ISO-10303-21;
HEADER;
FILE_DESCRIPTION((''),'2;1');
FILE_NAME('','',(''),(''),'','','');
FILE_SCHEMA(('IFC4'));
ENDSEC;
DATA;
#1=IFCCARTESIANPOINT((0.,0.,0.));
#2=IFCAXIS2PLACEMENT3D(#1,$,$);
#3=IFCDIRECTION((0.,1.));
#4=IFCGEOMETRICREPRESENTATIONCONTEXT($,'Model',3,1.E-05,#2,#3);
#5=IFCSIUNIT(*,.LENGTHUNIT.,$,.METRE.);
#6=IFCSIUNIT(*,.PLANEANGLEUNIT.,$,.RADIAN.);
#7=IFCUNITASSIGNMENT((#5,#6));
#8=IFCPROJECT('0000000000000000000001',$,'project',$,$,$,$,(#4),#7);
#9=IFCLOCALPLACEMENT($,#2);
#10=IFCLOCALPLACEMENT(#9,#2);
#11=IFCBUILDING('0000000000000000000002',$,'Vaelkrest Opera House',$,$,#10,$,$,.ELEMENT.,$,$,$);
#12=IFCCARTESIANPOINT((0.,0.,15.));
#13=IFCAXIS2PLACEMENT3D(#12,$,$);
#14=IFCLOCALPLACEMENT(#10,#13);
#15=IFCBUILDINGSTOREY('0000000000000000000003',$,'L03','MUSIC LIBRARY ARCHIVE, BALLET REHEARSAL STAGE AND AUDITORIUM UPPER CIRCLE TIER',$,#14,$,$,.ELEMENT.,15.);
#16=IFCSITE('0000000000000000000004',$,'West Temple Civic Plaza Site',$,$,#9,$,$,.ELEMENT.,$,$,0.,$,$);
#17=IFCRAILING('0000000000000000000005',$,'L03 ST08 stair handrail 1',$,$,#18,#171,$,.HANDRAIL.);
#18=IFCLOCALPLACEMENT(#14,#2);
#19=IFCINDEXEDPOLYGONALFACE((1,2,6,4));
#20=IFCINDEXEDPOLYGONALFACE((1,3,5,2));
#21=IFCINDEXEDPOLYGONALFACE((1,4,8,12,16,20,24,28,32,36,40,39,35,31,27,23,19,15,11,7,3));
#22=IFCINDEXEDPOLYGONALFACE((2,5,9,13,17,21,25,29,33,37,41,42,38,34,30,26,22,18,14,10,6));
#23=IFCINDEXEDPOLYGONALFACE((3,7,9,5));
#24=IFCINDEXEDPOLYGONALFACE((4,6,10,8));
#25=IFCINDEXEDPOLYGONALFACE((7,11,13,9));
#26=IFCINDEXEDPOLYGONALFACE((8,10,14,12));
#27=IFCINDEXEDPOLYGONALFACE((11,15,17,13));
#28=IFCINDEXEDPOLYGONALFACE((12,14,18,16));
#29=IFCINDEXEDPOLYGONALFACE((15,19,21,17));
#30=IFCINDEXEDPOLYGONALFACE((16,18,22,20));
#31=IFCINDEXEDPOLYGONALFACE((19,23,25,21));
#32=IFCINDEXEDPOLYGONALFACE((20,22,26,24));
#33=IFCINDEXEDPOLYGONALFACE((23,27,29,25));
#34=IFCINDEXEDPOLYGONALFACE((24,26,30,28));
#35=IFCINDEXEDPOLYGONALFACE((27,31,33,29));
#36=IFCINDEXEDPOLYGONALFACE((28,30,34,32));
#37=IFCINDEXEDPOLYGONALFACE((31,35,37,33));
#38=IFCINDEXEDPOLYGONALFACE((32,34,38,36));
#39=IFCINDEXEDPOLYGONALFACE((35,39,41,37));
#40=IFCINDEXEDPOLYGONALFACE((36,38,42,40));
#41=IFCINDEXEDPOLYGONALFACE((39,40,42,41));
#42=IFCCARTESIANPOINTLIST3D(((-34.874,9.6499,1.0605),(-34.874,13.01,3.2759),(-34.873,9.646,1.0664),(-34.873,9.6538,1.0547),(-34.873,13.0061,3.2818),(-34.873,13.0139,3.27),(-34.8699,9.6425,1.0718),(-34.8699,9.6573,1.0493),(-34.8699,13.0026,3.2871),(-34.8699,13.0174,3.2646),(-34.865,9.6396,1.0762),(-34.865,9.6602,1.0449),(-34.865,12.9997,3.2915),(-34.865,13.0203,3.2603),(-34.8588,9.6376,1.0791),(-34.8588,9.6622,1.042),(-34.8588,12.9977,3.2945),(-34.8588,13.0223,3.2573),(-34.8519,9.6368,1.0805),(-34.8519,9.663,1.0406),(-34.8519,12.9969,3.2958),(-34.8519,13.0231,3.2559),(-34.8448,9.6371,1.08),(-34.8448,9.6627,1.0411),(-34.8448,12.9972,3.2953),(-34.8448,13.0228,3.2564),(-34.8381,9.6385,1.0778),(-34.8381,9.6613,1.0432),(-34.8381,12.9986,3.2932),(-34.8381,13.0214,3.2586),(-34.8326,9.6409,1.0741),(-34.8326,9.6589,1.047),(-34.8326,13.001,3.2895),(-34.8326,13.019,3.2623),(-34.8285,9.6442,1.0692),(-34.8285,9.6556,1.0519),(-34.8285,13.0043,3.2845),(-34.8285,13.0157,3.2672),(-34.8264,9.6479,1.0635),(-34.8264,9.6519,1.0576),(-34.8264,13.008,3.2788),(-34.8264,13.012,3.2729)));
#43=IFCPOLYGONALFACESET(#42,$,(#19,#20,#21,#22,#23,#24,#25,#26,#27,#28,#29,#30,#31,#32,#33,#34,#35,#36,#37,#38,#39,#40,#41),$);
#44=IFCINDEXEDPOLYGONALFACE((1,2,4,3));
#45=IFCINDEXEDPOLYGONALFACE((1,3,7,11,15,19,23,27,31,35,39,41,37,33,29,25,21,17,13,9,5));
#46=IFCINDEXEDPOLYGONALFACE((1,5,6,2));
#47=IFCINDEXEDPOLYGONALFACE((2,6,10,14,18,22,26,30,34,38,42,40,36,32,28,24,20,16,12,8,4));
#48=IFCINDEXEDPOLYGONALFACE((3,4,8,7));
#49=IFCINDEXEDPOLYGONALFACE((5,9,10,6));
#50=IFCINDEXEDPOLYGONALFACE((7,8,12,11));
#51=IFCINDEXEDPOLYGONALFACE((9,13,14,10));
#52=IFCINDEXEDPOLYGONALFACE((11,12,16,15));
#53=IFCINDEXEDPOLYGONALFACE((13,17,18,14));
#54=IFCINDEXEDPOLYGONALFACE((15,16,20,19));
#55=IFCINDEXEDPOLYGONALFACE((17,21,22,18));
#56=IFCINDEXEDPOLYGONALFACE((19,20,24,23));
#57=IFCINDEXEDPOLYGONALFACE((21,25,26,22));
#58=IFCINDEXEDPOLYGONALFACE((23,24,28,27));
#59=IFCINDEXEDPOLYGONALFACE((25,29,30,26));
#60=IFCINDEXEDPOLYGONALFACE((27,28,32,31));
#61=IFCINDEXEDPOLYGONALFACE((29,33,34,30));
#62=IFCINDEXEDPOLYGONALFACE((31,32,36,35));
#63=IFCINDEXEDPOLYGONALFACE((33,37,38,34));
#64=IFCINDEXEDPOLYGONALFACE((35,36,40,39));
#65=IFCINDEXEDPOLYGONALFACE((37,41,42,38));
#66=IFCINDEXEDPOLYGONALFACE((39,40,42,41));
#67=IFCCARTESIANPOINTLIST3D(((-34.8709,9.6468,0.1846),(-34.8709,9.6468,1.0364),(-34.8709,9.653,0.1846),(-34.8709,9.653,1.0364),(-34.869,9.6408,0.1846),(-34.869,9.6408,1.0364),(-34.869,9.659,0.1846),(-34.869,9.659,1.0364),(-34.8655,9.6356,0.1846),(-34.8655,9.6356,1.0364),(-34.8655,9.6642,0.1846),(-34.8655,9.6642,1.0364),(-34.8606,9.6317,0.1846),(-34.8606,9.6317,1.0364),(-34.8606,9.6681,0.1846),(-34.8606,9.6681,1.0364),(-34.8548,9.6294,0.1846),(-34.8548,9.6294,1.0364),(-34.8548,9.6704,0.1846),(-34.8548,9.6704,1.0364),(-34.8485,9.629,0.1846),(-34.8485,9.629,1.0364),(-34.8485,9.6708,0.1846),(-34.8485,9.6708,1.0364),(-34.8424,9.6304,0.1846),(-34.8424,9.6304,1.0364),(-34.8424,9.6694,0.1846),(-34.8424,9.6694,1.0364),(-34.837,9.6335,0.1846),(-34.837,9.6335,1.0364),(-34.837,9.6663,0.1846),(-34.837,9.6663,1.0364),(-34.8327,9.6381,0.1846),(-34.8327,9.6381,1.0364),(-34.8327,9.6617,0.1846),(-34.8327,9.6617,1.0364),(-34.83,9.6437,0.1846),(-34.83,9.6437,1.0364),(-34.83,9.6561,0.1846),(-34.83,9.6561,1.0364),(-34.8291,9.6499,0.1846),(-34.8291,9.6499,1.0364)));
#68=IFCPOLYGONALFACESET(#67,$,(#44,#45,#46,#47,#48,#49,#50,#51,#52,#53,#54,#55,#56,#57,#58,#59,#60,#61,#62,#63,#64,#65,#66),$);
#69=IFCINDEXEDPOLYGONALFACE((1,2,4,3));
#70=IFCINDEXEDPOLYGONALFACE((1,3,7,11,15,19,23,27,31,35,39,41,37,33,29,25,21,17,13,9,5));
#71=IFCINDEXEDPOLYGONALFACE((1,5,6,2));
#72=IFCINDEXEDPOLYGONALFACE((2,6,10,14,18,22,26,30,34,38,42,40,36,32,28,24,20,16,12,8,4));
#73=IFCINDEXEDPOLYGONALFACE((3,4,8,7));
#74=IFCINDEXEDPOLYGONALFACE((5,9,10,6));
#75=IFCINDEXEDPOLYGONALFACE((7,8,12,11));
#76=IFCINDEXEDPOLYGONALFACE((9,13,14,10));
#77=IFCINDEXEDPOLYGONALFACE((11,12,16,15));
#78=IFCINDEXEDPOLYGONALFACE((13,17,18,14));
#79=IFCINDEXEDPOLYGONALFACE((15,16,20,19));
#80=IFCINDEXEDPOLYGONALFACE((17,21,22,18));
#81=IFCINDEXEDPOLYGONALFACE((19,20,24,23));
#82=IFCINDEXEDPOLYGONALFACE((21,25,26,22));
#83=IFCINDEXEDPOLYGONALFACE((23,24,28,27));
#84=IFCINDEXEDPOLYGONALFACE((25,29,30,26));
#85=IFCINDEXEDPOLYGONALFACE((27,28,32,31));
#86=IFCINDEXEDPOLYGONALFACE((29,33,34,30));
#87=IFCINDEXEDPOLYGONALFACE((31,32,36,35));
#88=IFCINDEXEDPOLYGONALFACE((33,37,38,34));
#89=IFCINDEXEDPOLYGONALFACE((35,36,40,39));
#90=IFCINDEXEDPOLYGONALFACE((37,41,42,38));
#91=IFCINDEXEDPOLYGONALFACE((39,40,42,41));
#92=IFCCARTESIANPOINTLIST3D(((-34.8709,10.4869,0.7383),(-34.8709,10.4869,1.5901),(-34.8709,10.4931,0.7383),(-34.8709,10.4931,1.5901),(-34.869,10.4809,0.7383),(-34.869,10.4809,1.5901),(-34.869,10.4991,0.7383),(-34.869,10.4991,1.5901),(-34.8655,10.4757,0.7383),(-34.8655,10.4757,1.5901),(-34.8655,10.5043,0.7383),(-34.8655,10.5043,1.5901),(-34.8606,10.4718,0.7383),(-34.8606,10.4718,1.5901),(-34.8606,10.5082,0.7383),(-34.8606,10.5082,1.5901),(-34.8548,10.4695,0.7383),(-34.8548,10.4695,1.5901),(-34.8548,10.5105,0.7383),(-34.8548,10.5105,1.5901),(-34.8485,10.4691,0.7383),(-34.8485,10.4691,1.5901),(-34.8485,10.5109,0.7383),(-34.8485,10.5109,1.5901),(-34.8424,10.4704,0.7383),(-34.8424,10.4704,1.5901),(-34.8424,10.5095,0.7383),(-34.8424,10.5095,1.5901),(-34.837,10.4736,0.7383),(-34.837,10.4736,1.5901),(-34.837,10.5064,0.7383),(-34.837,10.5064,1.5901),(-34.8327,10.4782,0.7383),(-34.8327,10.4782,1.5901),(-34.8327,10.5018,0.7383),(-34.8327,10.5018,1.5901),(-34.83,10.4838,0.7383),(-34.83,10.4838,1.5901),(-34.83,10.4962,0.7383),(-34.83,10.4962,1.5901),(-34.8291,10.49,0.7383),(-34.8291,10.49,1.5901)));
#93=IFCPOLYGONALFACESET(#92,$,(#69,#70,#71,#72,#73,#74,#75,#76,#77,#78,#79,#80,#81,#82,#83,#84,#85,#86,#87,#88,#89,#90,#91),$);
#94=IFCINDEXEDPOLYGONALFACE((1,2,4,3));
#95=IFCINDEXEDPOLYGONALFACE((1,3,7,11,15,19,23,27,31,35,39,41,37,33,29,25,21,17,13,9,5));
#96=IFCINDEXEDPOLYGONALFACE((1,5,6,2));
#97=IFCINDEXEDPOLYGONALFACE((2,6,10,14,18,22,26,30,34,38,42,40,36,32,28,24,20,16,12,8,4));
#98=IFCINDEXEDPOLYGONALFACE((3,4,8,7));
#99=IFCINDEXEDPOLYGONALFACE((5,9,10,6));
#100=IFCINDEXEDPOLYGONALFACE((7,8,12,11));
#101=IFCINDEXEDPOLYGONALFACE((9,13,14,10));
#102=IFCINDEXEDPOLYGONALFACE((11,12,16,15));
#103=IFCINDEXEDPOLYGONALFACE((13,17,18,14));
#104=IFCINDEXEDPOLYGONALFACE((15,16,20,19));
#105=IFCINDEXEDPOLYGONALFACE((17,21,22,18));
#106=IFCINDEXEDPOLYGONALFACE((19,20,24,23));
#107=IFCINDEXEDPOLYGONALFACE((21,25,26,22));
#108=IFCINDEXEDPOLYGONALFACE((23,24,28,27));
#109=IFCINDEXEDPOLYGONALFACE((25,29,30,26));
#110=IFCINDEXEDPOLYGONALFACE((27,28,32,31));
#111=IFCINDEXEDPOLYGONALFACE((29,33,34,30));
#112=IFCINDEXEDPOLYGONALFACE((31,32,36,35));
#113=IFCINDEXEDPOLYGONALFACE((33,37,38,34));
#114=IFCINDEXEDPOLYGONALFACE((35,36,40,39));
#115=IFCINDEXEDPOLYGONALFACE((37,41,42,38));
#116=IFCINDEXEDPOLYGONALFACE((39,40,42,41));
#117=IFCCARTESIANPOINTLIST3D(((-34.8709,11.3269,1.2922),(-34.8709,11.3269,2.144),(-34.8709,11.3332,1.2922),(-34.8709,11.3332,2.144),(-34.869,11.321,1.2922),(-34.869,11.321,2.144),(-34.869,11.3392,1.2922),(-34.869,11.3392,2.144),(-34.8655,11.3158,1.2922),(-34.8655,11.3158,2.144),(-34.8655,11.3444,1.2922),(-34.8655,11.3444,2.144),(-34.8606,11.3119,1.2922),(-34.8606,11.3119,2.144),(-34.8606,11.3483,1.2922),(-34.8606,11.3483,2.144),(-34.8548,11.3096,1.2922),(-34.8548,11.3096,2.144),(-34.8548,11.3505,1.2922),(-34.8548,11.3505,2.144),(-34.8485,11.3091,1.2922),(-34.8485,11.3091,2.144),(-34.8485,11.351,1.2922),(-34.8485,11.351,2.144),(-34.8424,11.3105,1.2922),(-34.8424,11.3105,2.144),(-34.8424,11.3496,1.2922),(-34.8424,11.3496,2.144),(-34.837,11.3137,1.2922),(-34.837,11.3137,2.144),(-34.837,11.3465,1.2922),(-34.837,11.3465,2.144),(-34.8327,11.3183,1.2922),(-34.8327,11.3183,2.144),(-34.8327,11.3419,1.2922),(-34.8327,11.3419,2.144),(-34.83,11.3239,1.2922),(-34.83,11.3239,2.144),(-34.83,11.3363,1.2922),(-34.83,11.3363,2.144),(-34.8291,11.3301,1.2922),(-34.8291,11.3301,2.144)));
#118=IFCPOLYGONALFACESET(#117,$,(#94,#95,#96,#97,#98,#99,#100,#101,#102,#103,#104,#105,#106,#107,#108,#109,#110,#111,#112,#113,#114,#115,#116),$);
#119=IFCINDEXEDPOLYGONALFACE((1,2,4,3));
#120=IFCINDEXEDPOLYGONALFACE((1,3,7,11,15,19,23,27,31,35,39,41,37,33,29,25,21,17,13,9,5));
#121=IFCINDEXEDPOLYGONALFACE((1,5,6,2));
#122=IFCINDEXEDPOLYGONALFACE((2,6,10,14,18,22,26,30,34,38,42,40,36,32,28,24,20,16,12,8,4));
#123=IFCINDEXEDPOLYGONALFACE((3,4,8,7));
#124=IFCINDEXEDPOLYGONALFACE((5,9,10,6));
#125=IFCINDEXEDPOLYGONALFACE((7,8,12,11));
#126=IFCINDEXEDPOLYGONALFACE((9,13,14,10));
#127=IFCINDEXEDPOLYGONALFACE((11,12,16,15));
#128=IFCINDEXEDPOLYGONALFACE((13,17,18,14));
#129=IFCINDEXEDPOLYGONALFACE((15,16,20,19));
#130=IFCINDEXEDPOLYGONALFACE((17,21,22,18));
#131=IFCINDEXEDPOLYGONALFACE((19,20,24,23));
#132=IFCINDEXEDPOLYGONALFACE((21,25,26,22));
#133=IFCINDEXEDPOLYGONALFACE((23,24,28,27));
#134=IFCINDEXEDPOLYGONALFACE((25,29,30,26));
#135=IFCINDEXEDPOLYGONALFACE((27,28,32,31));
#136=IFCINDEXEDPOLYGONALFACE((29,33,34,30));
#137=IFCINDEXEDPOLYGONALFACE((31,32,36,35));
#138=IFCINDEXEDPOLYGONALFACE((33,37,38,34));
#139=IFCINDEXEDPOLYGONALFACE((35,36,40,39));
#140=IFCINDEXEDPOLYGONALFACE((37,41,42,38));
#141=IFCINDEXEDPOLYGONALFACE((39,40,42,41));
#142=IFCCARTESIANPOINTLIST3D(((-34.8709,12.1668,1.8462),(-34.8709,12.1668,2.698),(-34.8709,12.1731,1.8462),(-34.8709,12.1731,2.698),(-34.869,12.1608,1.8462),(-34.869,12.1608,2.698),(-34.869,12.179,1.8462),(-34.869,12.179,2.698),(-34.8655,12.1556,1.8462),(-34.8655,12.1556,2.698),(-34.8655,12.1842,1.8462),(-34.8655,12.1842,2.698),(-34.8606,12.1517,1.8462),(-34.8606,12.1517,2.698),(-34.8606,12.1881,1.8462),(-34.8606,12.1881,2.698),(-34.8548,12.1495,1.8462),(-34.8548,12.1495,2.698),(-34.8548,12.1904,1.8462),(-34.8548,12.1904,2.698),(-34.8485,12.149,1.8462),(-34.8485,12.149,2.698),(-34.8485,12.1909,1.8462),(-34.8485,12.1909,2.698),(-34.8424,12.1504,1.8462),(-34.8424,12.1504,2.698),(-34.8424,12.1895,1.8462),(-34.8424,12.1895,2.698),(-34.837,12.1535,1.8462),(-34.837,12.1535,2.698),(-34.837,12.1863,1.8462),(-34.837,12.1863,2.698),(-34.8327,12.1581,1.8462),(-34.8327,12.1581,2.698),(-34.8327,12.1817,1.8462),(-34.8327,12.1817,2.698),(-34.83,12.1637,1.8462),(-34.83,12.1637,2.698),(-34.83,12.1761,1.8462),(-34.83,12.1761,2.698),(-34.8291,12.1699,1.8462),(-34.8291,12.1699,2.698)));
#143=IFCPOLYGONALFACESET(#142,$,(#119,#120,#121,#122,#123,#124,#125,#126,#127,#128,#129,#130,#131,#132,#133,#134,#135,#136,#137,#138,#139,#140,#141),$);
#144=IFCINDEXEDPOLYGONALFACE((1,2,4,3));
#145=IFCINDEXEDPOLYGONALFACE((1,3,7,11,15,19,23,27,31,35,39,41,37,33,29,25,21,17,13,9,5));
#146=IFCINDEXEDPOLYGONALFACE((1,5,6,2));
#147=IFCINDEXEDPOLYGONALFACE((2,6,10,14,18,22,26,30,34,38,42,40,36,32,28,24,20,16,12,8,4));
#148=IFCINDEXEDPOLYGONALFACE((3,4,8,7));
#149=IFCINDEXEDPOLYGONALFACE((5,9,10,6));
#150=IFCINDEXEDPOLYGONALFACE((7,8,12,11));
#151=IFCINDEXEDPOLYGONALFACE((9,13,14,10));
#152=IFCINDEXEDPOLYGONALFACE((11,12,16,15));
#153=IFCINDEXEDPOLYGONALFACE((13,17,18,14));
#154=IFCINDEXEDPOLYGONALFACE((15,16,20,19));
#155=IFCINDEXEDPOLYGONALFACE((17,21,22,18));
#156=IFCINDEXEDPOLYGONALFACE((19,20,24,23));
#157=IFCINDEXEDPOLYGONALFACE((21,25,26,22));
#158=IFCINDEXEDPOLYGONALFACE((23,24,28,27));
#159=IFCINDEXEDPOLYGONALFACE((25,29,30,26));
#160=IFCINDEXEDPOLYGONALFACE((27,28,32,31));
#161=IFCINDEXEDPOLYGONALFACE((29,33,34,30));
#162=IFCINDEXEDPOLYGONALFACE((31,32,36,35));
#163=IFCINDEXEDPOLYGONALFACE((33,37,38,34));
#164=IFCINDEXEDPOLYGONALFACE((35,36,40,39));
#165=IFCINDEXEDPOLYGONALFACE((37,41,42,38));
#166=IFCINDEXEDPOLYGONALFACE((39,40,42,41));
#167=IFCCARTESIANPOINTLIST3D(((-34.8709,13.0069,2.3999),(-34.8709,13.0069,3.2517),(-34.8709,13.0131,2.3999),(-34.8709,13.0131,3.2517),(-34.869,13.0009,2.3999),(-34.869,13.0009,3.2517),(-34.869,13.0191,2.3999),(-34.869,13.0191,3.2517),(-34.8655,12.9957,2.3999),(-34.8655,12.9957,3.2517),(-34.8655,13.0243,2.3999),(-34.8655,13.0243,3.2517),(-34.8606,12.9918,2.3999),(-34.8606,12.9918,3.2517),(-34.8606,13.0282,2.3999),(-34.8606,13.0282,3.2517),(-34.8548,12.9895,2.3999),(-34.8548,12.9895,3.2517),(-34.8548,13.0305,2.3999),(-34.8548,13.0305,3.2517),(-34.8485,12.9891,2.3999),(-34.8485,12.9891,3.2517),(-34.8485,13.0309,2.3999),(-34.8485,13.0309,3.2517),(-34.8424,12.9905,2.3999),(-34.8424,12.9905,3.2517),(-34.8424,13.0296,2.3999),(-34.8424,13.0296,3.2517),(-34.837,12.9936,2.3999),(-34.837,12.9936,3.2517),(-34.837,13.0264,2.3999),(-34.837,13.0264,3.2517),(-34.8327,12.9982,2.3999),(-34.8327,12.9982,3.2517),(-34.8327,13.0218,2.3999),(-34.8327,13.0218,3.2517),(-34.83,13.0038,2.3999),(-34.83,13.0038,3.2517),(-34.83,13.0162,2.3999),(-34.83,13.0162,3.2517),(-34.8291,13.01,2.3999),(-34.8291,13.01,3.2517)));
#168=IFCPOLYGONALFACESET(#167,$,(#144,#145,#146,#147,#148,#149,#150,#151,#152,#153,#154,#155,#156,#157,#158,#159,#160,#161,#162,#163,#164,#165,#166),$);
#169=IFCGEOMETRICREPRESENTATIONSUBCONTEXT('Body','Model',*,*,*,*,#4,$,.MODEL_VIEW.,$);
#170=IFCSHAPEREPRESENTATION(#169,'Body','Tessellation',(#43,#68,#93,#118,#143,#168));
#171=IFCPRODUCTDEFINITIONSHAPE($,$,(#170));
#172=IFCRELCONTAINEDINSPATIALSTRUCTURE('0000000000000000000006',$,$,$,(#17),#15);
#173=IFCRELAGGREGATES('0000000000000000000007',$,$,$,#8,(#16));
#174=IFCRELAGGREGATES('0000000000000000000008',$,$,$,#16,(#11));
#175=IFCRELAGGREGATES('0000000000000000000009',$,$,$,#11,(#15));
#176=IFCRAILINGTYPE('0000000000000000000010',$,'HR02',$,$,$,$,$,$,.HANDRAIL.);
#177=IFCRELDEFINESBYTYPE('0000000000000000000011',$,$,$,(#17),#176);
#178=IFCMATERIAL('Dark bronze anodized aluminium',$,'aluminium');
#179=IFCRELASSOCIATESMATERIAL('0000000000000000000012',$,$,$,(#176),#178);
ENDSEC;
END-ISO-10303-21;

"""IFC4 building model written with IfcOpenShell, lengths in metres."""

from ifc_helpers import new_model, si_unit, direction, frame, origin, origin_2d, place, context, subcontext, project, spatial, circle, extrude, material, type_object, element, save


model = new_model("IFC4")

# Units and contexts
model_context = context("Model", 3, precision=1e-05, world=origin(), true_north=direction((0.0, 1.0)))
body_context = subcontext(model_context, "Body", "Model", "MODEL_VIEW")
ifc_project = project(units=[si_unit("LENGTHUNIT", "METRE"), si_unit("PLANEANGLEUNIT", "RADIAN")], contexts=[model_context])

# Site, building, storey
site_placement = place(None, origin())
site = spatial("IfcSite", under=ifc_project, at=site_placement, Name="West Temple Civic Plaza Site", CompositionType="ELEMENT", RefElevation=0.0)
building_placement = place(site_placement, origin())
building = spatial("IfcBuilding", under=site, at=building_placement, Name="Vaelkrest Opera House", CompositionType="ELEMENT")
storey_placement = place(building_placement, frame((0.0, 0.0, 15.0)))
storey = spatial("IfcBuildingStorey", under=building, at=storey_placement, Name="L03", Description="MUSIC LIBRARY ARCHIVE, BALLET REHEARSAL STAGE AND AUDITORIUM UPPER CIRCLE TIER", CompositionType="ELEMENT", Elevation=15.0)

# Shared definitions
ifc_material_1 = material(Name="Dark bronze anodized aluminium", Category="aluminium")

# Railing
railing_type_1 = type_object("IfcRailingType", Name="HR02", PredefinedType="HANDRAIL", material=ifc_material_1)
railing_1_placement = place(storey_placement, frame((-34.8501, 9.6499, 0.1846)))
element("IfcRailing", 1, at=railing_1_placement, inside=storey, type_object=railing_type_1, Name="L03 ST08 stair handrail 1", PredefinedType="HANDRAIL", context=body_context, shape_type="SweptSolid", body=[
    extrude(circle(Radius=0.0239, at=origin_2d()), frame((0.0, 0.0, 0.876), z_axis=(0.0, 0.834876, 0.550437), x_axis=(-1.0, 0.0, 0.0)), (0.0, 0.0, 1.0), 4.0247),
    extrude(circle(Radius=0.021, at=origin_2d()), origin(), (0.0, 0.0, 1.0), 0.8518),
    extrude(circle(Radius=0.021, at=origin_2d()), frame((0.0, 0.8401, 0.5537)), (0.0, 0.0, 1.0), 0.8518),
    extrude(circle(Radius=0.021, at=origin_2d()), frame((0.0, 1.6802, 1.1077)), (0.0, 0.0, 1.0), 0.8518),
    extrude(circle(Radius=0.021, at=origin_2d()), frame((0.0, 2.52, 1.6616)), (0.0, 0.0, 1.0), 0.8518),
    extrude(circle(Radius=0.021, at=origin_2d()), frame((0.0, 3.3601, 2.2153)), (0.0, 0.0, 1.0), 0.8518),
])

save(model, "model.ifc")
